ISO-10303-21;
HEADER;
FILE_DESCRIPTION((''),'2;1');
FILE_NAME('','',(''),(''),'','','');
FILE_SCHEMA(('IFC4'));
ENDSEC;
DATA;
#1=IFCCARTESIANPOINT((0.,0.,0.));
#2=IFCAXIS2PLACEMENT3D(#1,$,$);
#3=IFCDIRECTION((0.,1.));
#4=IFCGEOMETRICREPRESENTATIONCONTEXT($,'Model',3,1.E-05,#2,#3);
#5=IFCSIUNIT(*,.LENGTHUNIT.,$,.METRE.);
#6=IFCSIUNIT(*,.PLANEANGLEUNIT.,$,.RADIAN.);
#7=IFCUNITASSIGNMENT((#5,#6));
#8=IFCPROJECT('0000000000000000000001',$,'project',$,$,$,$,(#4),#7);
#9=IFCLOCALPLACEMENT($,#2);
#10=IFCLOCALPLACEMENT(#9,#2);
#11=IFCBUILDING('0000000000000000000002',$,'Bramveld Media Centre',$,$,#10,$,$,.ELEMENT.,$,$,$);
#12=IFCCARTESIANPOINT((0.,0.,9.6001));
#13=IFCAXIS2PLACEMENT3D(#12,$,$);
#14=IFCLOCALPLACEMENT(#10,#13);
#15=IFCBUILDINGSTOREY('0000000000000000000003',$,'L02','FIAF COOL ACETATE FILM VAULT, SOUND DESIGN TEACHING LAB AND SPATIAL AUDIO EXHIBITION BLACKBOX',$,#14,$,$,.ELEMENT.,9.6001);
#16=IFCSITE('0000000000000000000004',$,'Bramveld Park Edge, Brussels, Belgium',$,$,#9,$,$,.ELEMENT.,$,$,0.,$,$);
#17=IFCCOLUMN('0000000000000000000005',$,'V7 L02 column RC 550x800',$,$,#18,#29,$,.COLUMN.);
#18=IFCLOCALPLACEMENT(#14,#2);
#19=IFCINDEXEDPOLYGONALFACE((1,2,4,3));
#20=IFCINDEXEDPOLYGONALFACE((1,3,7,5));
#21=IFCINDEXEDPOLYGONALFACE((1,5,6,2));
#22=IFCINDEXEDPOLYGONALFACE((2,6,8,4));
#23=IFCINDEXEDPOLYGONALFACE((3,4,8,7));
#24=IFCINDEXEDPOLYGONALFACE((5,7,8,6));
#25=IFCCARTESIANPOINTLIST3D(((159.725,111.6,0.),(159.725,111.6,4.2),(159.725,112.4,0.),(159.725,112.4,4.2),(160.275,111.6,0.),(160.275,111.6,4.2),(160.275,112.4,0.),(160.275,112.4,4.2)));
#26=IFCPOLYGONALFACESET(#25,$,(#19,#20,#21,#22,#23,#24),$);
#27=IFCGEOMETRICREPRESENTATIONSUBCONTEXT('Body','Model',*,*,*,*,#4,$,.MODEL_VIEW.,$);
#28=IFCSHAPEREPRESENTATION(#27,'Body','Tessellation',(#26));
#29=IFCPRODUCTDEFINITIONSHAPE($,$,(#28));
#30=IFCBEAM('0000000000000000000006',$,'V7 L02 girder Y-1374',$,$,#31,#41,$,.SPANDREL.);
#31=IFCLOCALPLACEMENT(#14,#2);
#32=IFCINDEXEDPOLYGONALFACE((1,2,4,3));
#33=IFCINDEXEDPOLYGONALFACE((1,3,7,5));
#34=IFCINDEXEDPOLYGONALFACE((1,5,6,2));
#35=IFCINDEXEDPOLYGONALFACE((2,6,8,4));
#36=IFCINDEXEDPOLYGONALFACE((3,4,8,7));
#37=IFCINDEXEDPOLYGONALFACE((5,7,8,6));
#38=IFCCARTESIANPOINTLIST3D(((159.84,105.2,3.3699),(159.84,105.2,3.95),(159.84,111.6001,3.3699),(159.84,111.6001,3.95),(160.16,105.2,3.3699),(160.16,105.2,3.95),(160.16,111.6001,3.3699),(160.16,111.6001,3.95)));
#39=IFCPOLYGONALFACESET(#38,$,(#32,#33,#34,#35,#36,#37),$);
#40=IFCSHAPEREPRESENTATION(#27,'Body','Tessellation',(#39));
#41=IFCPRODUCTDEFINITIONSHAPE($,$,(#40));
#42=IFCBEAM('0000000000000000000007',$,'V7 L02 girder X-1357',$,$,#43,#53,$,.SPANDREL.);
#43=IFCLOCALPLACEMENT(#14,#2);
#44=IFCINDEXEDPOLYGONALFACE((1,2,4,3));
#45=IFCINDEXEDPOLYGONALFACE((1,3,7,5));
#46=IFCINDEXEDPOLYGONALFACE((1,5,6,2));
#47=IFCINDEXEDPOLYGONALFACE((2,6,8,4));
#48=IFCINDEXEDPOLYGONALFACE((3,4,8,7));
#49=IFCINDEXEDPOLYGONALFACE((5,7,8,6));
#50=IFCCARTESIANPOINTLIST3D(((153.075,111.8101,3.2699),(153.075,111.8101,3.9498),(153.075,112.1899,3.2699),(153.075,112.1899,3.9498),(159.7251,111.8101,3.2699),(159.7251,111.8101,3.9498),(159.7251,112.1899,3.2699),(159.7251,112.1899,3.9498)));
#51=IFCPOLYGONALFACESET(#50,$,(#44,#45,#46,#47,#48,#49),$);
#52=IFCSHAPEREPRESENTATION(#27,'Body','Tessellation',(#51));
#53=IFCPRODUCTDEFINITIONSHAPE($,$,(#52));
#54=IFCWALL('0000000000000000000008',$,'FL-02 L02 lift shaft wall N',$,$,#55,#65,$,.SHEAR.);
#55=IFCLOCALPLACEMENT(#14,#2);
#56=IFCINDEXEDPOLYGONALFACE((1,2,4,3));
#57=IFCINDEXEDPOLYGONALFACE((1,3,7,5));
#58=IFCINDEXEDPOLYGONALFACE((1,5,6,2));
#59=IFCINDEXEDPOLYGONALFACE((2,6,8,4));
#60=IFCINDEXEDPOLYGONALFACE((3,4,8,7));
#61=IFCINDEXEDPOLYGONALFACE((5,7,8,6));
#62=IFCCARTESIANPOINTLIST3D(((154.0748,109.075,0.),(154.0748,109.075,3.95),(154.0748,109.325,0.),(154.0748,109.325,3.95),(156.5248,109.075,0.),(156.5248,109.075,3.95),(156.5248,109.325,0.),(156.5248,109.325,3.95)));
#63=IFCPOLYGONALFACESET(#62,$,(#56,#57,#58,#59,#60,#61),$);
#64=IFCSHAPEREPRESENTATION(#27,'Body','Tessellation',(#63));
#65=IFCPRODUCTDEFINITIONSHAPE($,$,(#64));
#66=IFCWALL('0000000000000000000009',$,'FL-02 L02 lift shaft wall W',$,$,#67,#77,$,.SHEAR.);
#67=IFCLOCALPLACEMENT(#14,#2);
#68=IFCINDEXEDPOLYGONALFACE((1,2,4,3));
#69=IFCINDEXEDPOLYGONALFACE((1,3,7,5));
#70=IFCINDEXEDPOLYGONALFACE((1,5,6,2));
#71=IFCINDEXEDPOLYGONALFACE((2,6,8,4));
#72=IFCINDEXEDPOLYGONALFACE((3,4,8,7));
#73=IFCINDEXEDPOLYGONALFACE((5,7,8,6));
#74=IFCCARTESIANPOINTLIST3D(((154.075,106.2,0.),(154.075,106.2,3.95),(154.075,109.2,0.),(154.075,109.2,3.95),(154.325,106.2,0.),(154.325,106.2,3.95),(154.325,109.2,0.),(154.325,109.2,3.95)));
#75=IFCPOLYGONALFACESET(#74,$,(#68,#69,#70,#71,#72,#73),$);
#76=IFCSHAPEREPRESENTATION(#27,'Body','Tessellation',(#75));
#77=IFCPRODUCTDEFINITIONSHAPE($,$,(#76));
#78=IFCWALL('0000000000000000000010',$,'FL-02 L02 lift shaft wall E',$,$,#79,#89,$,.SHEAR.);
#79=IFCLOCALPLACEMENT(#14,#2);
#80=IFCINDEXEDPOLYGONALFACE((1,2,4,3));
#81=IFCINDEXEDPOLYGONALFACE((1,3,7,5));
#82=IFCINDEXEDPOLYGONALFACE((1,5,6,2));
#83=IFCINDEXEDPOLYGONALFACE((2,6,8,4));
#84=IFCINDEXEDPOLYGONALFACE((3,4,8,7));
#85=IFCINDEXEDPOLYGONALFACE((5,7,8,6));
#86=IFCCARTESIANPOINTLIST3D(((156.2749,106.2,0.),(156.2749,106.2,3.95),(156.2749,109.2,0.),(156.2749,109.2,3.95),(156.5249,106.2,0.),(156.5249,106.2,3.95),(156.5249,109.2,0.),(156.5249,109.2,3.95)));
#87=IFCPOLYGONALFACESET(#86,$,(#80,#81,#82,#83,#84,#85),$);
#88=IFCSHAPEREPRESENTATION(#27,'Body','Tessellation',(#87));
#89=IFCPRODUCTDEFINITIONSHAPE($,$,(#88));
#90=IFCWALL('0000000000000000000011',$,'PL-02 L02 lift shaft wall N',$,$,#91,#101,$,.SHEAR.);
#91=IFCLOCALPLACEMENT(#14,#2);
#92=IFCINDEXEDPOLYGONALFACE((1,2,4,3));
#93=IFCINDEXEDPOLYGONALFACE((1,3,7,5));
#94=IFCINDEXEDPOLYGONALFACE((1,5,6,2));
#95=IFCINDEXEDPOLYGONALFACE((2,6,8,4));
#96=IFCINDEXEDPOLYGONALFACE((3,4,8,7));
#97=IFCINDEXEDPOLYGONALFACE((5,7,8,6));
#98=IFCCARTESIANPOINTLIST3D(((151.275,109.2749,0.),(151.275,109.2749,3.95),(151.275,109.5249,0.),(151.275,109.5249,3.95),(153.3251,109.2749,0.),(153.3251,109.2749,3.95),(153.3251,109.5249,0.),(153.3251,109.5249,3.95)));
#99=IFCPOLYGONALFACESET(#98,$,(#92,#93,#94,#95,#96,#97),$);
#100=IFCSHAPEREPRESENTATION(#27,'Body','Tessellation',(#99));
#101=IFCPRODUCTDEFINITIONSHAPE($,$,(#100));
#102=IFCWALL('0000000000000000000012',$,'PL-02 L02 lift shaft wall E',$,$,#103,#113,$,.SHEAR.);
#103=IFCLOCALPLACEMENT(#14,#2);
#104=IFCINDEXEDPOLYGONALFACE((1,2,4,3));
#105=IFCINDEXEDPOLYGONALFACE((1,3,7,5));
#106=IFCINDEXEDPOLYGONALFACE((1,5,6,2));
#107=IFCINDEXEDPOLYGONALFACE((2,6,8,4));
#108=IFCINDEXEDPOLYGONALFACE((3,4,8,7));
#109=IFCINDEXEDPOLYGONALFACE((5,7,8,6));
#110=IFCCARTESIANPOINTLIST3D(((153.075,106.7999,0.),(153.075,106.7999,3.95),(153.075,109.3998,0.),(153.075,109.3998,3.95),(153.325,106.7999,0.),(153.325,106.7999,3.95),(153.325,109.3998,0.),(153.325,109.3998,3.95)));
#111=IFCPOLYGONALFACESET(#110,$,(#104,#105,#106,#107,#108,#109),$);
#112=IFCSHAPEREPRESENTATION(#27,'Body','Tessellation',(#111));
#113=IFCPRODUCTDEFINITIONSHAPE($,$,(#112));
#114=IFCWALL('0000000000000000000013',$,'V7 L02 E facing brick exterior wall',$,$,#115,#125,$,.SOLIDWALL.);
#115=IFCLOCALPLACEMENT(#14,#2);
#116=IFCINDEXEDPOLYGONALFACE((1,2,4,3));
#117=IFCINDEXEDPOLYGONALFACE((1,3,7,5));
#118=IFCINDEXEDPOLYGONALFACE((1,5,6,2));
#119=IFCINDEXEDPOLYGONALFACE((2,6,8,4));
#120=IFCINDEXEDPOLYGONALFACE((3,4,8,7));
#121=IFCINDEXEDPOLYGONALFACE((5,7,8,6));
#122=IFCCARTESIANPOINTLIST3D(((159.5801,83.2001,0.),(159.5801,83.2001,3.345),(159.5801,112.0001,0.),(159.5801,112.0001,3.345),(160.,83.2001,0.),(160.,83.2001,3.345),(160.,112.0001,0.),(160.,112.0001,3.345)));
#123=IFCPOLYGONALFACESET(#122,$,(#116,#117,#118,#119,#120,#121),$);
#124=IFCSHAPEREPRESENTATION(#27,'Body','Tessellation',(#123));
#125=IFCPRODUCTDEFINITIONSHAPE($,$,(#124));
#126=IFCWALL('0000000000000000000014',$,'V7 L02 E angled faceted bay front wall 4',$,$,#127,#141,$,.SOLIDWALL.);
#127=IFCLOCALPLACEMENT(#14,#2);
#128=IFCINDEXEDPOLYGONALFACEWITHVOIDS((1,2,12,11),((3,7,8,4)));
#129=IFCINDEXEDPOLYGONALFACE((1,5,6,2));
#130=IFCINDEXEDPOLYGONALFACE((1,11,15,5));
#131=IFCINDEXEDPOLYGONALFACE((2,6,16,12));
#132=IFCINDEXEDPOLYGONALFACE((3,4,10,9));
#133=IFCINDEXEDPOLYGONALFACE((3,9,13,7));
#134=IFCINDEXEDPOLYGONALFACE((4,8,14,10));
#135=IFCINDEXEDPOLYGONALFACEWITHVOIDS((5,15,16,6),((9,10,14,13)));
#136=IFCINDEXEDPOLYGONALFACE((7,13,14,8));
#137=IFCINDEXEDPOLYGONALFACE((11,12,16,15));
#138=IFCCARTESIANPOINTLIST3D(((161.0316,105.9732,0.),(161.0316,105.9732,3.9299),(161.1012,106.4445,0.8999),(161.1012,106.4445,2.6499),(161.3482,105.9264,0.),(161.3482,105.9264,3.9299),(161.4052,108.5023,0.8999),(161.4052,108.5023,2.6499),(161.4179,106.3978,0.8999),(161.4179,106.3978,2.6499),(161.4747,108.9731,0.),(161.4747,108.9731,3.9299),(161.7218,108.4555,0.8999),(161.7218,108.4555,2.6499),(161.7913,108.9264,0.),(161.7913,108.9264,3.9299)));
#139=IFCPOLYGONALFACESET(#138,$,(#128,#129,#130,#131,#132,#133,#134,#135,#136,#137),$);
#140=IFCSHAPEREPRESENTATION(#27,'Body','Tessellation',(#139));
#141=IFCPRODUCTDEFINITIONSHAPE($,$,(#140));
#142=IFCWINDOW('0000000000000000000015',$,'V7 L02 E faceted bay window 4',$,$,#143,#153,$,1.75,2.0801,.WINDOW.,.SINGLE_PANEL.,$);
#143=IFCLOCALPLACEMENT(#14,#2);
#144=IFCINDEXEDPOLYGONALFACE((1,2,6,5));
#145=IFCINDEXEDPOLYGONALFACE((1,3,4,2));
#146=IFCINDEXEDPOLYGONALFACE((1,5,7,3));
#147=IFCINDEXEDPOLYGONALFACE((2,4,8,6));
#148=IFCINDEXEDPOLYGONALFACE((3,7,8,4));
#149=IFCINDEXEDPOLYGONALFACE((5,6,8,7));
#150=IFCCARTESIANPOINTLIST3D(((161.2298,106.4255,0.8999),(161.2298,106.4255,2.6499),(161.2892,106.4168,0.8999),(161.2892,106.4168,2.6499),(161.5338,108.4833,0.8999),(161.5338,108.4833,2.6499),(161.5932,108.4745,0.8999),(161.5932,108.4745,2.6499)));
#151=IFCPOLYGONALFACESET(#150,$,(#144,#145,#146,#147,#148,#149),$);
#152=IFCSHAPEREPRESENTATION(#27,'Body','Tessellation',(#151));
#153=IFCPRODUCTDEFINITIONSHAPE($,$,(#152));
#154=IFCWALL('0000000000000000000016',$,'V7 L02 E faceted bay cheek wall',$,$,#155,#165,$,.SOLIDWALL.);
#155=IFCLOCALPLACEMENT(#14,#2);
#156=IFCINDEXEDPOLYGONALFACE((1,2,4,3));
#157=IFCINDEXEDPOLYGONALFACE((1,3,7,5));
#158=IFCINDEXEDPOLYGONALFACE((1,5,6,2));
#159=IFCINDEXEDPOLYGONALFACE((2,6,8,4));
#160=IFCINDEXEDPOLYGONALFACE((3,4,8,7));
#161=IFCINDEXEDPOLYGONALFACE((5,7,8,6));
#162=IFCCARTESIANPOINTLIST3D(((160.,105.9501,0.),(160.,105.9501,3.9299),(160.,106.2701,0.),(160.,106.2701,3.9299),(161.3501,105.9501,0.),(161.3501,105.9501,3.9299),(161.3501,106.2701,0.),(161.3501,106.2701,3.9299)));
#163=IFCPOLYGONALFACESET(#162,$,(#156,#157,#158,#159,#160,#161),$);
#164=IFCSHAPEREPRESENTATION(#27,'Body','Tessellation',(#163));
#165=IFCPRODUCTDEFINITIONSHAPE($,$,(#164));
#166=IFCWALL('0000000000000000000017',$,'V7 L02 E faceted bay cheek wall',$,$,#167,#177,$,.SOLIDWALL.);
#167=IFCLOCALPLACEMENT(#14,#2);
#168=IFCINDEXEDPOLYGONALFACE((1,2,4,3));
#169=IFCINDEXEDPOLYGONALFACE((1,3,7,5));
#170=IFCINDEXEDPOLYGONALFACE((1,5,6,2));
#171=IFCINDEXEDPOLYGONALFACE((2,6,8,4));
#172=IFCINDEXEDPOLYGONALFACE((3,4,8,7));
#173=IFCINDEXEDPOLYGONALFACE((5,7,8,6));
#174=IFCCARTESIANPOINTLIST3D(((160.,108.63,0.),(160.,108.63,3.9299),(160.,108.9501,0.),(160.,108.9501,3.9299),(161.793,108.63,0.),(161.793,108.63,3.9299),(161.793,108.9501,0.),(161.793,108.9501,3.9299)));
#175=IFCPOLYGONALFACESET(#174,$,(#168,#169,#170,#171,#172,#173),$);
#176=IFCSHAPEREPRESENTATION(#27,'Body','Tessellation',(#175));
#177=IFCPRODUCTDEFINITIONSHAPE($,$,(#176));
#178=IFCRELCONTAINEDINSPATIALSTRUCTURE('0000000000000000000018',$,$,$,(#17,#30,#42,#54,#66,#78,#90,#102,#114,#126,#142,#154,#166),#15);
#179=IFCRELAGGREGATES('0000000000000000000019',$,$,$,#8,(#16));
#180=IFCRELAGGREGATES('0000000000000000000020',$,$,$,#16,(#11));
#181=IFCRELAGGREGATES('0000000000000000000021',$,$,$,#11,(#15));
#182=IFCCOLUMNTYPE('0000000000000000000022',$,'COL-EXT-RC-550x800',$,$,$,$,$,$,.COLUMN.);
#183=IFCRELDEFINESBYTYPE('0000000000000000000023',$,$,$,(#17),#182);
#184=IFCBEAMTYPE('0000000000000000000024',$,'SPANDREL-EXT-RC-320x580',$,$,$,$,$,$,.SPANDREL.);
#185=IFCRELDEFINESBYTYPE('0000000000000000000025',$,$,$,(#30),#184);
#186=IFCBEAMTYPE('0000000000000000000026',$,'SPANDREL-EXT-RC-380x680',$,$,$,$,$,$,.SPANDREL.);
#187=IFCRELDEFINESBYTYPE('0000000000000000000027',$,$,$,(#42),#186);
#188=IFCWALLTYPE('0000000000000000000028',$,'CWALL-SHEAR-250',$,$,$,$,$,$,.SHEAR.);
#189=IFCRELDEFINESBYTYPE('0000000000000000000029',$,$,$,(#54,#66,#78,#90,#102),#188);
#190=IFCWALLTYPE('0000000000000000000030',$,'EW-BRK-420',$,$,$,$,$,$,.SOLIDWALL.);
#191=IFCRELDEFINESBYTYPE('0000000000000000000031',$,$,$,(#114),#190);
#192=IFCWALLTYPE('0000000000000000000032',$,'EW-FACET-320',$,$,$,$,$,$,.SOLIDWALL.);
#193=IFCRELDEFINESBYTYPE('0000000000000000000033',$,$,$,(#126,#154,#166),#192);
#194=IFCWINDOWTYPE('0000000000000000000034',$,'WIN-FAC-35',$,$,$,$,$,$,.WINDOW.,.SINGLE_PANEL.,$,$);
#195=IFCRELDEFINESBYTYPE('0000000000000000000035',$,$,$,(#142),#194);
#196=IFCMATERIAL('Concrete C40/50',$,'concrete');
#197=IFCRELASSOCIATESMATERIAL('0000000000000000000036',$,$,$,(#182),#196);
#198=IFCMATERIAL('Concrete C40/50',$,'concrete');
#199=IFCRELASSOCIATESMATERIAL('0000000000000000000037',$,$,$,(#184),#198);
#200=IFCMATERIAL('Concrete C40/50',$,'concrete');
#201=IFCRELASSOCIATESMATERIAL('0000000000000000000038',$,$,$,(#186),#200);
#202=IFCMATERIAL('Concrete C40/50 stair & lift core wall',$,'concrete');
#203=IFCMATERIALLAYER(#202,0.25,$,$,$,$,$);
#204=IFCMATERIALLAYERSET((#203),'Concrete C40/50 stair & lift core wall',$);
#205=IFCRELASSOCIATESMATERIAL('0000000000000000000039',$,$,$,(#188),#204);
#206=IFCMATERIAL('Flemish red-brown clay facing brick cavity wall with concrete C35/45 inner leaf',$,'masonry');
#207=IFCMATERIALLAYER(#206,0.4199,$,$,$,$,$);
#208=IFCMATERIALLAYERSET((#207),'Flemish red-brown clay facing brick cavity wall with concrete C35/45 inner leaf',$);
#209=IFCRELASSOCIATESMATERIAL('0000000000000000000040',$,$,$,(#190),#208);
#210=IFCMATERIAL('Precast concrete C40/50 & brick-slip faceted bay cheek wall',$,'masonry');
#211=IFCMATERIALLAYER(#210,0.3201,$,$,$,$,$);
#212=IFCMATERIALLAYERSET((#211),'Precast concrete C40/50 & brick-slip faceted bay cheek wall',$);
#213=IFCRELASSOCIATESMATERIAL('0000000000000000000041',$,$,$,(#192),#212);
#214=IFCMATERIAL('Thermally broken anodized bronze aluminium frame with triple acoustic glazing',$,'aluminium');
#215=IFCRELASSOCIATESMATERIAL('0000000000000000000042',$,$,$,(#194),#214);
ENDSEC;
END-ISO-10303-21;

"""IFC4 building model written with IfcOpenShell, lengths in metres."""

from ifc_helpers import new_model, si_unit, direction, frame, frame_2d, origin, origin_2d, place, context, subcontext, project, spatial, rectangle, extrude, material, layer, layer_set, material_profile, profile_set, type_object, element, fill, save


model = new_model("IFC4")

# Units and contexts
model_context = context("Model", 3, precision=1e-05, world=origin(), true_north=direction((0.0, 1.0)))
body_context = subcontext(model_context, "Body", "Model", "MODEL_VIEW")
ifc_project = project(units=[si_unit("LENGTHUNIT", "METRE"), si_unit("PLANEANGLEUNIT", "RADIAN")], contexts=[model_context])

# Site, building, storey
site_placement = place(None, origin())
site = spatial("IfcSite", under=ifc_project, at=site_placement, Name="Bramveld Park Edge, Brussels, Belgium", CompositionType="ELEMENT", RefElevation=0.0)
building_placement = place(site_placement, origin())
building = spatial("IfcBuilding", under=site, at=building_placement, Name="Bramveld Media Centre", CompositionType="ELEMENT")
storey_placement = place(building_placement, frame((0.0, 0.0, 9.6001)))
storey = spatial("IfcBuildingStorey", under=building, at=storey_placement, Name="L02", Description="FIAF COOL ACETATE FILM VAULT, SOUND DESIGN TEACHING LAB AND SPATIAL AUDIO EXHIBITION BLACKBOX", CompositionType="ELEMENT", Elevation=9.6001)

# Column
ifc_material_1 = material(Name="Concrete C40/50", Category="concrete")
ifc_material_profile_1 = material_profile(ifc_material_1, rectangle(XDim=0.55, YDim=0.8, at=origin_2d()), Name="RC 550x800")
ifc_profile_set_1 = profile_set([ifc_material_profile_1], Name="Concrete C40/50")
column_type = type_object("IfcColumnType", Name="COL-EXT-RC-550x800", PredefinedType="COLUMN", material=ifc_profile_set_1)
column_placement = place(storey_placement, frame((160.0, 112.0, 0.0), z_axis=(0.0, 0.0, 1.0), x_axis=(1.0, 0.0, 0.0)))
element("IfcColumn", 1, at=column_placement, inside=storey, type_object=column_type, Name="V7 L02 column RC 550x800", PredefinedType="COLUMN", context=body_context, shape_type="SweptSolid", body=[
    extrude(rectangle(XDim=0.55, YDim=0.8, at=origin_2d()), origin(), (0.0, 0.0, 1.0), 4.2),
])

# Beams
ifc_material_2 = material(Name="Concrete C40/50", Category="concrete")
ifc_material_profile_2 = material_profile(ifc_material_2, rectangle(XDim=0.3201, YDim=0.5801, at=origin_2d()), Name="RC 320x580")
ifc_profile_set_2 = profile_set([ifc_material_profile_2], Name="Concrete C40/50")
beam_type_1 = type_object("IfcBeamType", Name="SPANDREL-EXT-RC-320x580", PredefinedType="SPANDREL", material=ifc_profile_set_2)
beam_1_placement = place(storey_placement, frame((160.0, 105.2, 3.6599), z_axis=(0.0, 1.0, 0.0), x_axis=(-1.0, 0.0, 0.0)))
element("IfcBeam", 2, at=beam_1_placement, inside=storey, type_object=beam_type_1, Name="V7 L02 girder Y-1374", PredefinedType="SPANDREL", context=body_context, shape_type="SweptSolid", body=[
    extrude(rectangle(XDim=0.3201, YDim=0.5801, at=origin_2d()), origin(), (0.0, 0.0, 1.0), 6.4001),
])
ifc_material_3 = material(Name="Concrete C40/50", Category="concrete")
ifc_material_profile_3 = material_profile(ifc_material_3, rectangle(XDim=0.3799, YDim=0.6799, at=origin_2d()), Name="RC 380x680")
ifc_profile_set_3 = profile_set([ifc_material_profile_3], Name="Concrete C40/50")
beam_type_2 = type_object("IfcBeamType", Name="SPANDREL-EXT-RC-380x680", PredefinedType="SPANDREL", material=ifc_profile_set_3)
beam_2_placement = place(storey_placement, frame((153.075, 112.0, 3.6099), z_axis=(1.0, 0.0, 0.0), x_axis=(0.0, 1.0, 0.0)))
element("IfcBeam", 3, at=beam_2_placement, inside=storey, type_object=beam_type_2, Name="V7 L02 girder X-1357", PredefinedType="SPANDREL", context=body_context, shape_type="SweptSolid", body=[
    extrude(rectangle(XDim=0.3799, YDim=0.6799, at=origin_2d()), origin(), (0.0, 0.0, 1.0), 6.6501),
])

# Shared definitions
ifc_material_4 = material(Name="Concrete C40/50 stair & lift core wall", Category="concrete")
ifc_layer_1 = layer(ifc_material_4, 0.25)
ifc_layer_set_1 = layer_set([ifc_layer_1], Name="Concrete C40/50 stair & lift core wall")
wall_type_1 = type_object("IfcWallType", Name="CWALL-SHEAR-250", PredefinedType="SHEAR", material=ifc_layer_set_1)

# Walls
wall_1_placement = place(storey_placement, frame((156.5249, 109.2, 0.0), z_axis=(0.0, 0.0, 1.0), x_axis=(-1.0, 0.0, 0.0)))
element("IfcWall", 4, at=wall_1_placement, inside=storey, type_object=wall_type_1, Name="FL-02 L02 lift shaft wall N", PredefinedType="SHEAR", context=body_context, shape_type="SweptSolid", body=[
    extrude(rectangle(XDim=2.45, YDim=0.25, at=frame_2d((1.2251, 0.0))), origin(), (0.0, 0.0, 1.0), 3.95),
])
for number, where, z_axis, x_axis, name in (
    (5, (154.2, 109.2, 0.0), (0.0, 0.0, 1.0), (0.0, -1.0, 0.0), "FL-02 L02 lift shaft wall W"),
    (6, (156.3999, 106.2, 0.0), (0.0, 0.0, 1.0), (0.0, 1.0, 0.0), "FL-02 L02 lift shaft wall E"),
):
    element("IfcWall", number, at=place(storey_placement, frame(where, z_axis=z_axis, x_axis=x_axis)), inside=storey, type_object=wall_type_1, Name=name, PredefinedType="SHEAR", context=body_context, shape_type="SweptSolid", body=[
        extrude(rectangle(XDim=3.0, YDim=0.25, at=frame_2d((1.5, 0.0))), origin(), (0.0, 0.0, 1.0), 3.95),
    ])
wall_2_placement = place(storey_placement, frame((153.325, 109.3999, 0.0), z_axis=(0.0, 0.0, 1.0), x_axis=(-1.0, 0.0, 0.0)))
element("IfcWall", 7, at=wall_2_placement, inside=storey, type_object=wall_type_1, Name="PL-02 L02 lift shaft wall N", PredefinedType="SHEAR", context=body_context, shape_type="SweptSolid", body=[
    extrude(rectangle(XDim=2.05, YDim=0.25, at=frame_2d((1.0249, 0.0))), origin(), (0.0, 0.0, 1.0), 3.95),
])
wall_3_placement = place(storey_placement, frame((153.2, 106.8, 0.0), z_axis=(0.0, 0.0, 1.0), x_axis=(0.0, 1.0, 0.0)))
element("IfcWall", 8, at=wall_3_placement, inside=storey, type_object=wall_type_1, Name="PL-02 L02 lift shaft wall E", PredefinedType="SHEAR", context=body_context, shape_type="SweptSolid", body=[
    extrude(rectangle(XDim=2.5999, YDim=0.25, at=frame_2d((1.2998, 0.0))), origin(), (0.0, 0.0, 1.0), 3.95),
])
ifc_material_5 = material(Name="Flemish red-brown clay facing brick cavity wall with concrete C35/45 inner leaf", Category="masonry")
ifc_layer_2 = layer(ifc_material_5, 0.4199)
ifc_layer_set_2 = layer_set([ifc_layer_2], Name="Flemish red-brown clay facing brick cavity wall with concrete C35/45 inner leaf")
wall_type_2 = type_object("IfcWallType", Name="EW-BRK-420", PredefinedType="SOLIDWALL", material=ifc_layer_set_2)
wall_4_placement = place(storey_placement, frame((159.79, 112.0, 0.0), z_axis=(0.0, 0.0, 1.0), x_axis=(0.0, -1.0, 0.0)))
element("IfcWall", 9, at=wall_4_placement, inside=storey, type_object=wall_type_2, Name="V7 L02 E facing brick exterior wall", PredefinedType="SOLIDWALL", context=body_context, shape_type="SweptSolid", body=[
    extrude(rectangle(XDim=28.8, YDim=0.4199, at=frame_2d((14.3999, 0.0))), origin(), (0.0, 0.0, 1.0), 3.345),
])

# Wall, opening, window
ifc_material_6 = material(Name="Precast concrete C40/50 & brick-slip faceted bay cheek wall", Category="masonry")
ifc_layer_3 = layer(ifc_material_6, 0.3201)
ifc_layer_set_3 = layer_set([ifc_layer_3], Name="Precast concrete C40/50 & brick-slip faceted bay cheek wall")
wall_type_3 = type_object("IfcWallType", Name="EW-FACET-320", PredefinedType="SOLIDWALL", material=ifc_layer_set_3)
wall_5_placement = place(storey_placement, frame((161.1899, 105.95, 0.0), z_axis=(0.0, 0.0, 1.0), x_axis=(0.14612, 0.989267, 0.0)))
wall_5 = element("IfcWall", 10, at=wall_5_placement, inside=storey, type_object=wall_type_3, Name="V7 L02 E angled faceted bay front wall 4", PredefinedType="SOLIDWALL", context=body_context, shape_type="SweptSolid", body=[
    extrude(rectangle(XDim=3.0325, YDim=0.3201, at=frame_2d((1.5161, 0.0))), origin(), (0.0, 0.0, 1.0), 3.9299),
])
opening_1_placement = place(wall_5_placement, frame((0.4763, 0.0, 0.8999)))
opening_1 = element("IfcOpeningElement", 11, at=opening_1_placement, cuts=wall_5, PredefinedType="OPENING", context=body_context, shape_type="SweptSolid", body=[
    extrude(rectangle(XDim=2.0801, YDim=1.75, at=frame_2d((1.04, 0.875))), frame((0.0, 0.1719, 0.0), z_axis=(0.0, -1.0, 0.0), x_axis=(1.0, 0.0, 0.0)), (0.0, 0.0, 1.0), 0.344),
])
ifc_material_7 = material(Name="Thermally broken anodized bronze aluminium frame with triple acoustic glazing", Category="aluminium")
window_type_1 = type_object("IfcWindowType", Name="WIN-FAC-35", PartitioningType="SINGLE_PANEL", PredefinedType="WINDOW", material=ifc_material_7)
window_1_placement = place(opening_1_placement, origin())
window_1 = element("IfcWindow", 12, at=window_1_placement, inside=storey, type_object=window_type_1, Name="V7 L02 E faceted bay window 4", OverallHeight=1.75, OverallWidth=2.0801, PartitioningType="SINGLE_PANEL", PredefinedType="WINDOW", context=body_context, shape_type="SweptSolid", body=[
    extrude(rectangle(XDim=2.0801, YDim=1.75, at=frame_2d((1.04, 0.875))), frame((0.0, 0.03, 0.0), z_axis=(0.0, -1.0, 0.0), x_axis=(1.0, 0.0, 0.0)), (0.0, 0.0, 1.0), 0.0601),
])
fill(opening_1, window_1)

# Walls
wall_6_placement = place(storey_placement, frame((160.0, 106.1101, 0.0), z_axis=(0.0, 0.0, 1.0), x_axis=(1.0, 0.0, 0.0)))
element("IfcWall", 13, at=wall_6_placement, inside=storey, type_object=wall_type_3, Name="V7 L02 E faceted bay cheek wall", PredefinedType="SOLIDWALL", context=body_context, shape_type="SweptSolid", body=[
    extrude(rectangle(XDim=1.3501, YDim=0.3201, at=frame_2d((0.675, 0.0))), origin(), (0.0, 0.0, 1.0), 3.9299),
])
wall_7_placement = place(storey_placement, frame((160.0, 108.79, 0.0), z_axis=(0.0, 0.0, 1.0), x_axis=(1.0, 0.0, 0.0)))
element("IfcWall", 14, at=wall_7_placement, inside=storey, type_object=wall_type_3, Name="V7 L02 E faceted bay cheek wall", PredefinedType="SOLIDWALL", context=body_context, shape_type="SweptSolid", body=[
    extrude(rectangle(XDim=1.793, YDim=0.3201, at=frame_2d((0.8965, 0.0))), origin(), (0.0, 0.0, 1.0), 3.9299),
])

save(model, "model.ifc")
